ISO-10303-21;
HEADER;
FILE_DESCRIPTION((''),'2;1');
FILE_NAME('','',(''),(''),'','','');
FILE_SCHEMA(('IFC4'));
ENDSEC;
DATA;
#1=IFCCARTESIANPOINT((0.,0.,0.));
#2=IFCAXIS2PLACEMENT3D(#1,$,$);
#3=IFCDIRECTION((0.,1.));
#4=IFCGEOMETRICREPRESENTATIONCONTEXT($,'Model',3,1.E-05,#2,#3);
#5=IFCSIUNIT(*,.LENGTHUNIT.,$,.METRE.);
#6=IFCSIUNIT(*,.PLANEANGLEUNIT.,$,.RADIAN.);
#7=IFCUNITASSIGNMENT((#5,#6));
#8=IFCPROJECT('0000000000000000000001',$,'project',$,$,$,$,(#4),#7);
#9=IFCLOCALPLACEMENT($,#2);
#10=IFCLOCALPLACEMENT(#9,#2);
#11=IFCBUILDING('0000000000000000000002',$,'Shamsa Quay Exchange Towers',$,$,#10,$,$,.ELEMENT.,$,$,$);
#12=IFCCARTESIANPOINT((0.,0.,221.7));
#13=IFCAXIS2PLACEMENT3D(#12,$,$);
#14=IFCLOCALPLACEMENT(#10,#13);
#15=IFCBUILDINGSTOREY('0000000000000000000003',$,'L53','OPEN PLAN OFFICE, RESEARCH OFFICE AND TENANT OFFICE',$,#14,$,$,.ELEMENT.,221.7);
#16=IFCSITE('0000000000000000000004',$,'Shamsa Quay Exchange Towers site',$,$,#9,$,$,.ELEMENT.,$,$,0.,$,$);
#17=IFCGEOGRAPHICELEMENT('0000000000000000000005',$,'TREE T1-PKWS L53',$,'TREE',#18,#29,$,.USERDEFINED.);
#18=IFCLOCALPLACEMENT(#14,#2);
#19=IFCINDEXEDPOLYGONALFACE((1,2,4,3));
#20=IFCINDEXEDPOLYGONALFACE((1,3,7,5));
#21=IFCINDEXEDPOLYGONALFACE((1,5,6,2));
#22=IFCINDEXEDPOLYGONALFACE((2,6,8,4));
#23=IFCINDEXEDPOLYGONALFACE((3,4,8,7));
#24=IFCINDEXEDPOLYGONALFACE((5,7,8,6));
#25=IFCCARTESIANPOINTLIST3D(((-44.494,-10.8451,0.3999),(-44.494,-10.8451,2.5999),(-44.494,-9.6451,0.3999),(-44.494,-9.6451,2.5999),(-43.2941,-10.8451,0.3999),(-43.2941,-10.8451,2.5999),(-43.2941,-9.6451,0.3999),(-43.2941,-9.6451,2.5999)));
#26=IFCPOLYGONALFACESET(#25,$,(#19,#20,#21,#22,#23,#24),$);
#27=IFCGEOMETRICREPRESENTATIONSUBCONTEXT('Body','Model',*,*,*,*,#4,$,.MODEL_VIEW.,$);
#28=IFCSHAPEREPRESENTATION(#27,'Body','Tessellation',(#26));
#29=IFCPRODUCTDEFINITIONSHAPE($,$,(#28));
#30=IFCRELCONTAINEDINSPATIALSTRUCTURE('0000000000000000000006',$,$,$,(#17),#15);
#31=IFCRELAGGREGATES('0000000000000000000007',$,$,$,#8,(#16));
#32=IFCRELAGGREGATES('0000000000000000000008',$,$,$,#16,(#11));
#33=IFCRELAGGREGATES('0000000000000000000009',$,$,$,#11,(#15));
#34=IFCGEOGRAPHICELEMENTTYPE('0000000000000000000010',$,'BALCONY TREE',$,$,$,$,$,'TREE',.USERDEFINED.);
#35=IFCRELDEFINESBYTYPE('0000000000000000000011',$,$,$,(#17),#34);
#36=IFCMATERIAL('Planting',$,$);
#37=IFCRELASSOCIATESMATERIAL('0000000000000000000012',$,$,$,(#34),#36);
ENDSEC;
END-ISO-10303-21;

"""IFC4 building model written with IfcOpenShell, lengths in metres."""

from ifc_helpers import new_model, si_unit, direction, frame, origin, origin_2d, place, context, subcontext, project, spatial, rectangle, extrude, material, type_object, element, save


model = new_model("IFC4")

# Units and contexts
model_context = context("Model", 3, precision=1e-05, world=origin(), true_north=direction((0.0, 1.0)))
body_context = subcontext(model_context, "Body", "Model", "MODEL_VIEW")
ifc_project = project(units=[si_unit("LENGTHUNIT", "METRE"), si_unit("PLANEANGLEUNIT", "RADIAN")], contexts=[model_context])

# Site, building, storey
site_placement = place(None, origin())
site = spatial("IfcSite", under=ifc_project, at=site_placement, Name="Shamsa Quay Exchange Towers site", CompositionType="ELEMENT", RefElevation=0.0)
building_placement = place(site_placement, origin())
building = spatial("IfcBuilding", under=site, at=building_placement, Name="Shamsa Quay Exchange Towers", CompositionType="ELEMENT")
storey_placement = place(building_placement, frame((0.0, 0.0, 221.7)))
storey = spatial("IfcBuildingStorey", under=building, at=storey_placement, Name="L53", Description="OPEN PLAN OFFICE, RESEARCH OFFICE AND TENANT OFFICE", CompositionType="ELEMENT", Elevation=221.7)

# Geographic element
ifc_material_1 = material(Name="Planting")
geographic_element_type = type_object("IfcGeographicElementType", Name="BALCONY TREE", ElementType="TREE", PredefinedType="USERDEFINED", material=ifc_material_1)
geographic_element_placement = place(storey_placement, frame((-43.894, -10.2451, 0.3999)))
element("IfcGeographicElement", 1, at=geographic_element_placement, inside=storey, type_object=geographic_element_type, Name="TREE T1-PKWS L53", ObjectType="TREE", PredefinedType="USERDEFINED", context=body_context, shape_type="SweptSolid", body=[
    extrude(rectangle(XDim=1.2, YDim=1.2, at=origin_2d()), origin(), (0.0, 0.0, 1.0), 2.2),
])

save(model, "model.ifc")
